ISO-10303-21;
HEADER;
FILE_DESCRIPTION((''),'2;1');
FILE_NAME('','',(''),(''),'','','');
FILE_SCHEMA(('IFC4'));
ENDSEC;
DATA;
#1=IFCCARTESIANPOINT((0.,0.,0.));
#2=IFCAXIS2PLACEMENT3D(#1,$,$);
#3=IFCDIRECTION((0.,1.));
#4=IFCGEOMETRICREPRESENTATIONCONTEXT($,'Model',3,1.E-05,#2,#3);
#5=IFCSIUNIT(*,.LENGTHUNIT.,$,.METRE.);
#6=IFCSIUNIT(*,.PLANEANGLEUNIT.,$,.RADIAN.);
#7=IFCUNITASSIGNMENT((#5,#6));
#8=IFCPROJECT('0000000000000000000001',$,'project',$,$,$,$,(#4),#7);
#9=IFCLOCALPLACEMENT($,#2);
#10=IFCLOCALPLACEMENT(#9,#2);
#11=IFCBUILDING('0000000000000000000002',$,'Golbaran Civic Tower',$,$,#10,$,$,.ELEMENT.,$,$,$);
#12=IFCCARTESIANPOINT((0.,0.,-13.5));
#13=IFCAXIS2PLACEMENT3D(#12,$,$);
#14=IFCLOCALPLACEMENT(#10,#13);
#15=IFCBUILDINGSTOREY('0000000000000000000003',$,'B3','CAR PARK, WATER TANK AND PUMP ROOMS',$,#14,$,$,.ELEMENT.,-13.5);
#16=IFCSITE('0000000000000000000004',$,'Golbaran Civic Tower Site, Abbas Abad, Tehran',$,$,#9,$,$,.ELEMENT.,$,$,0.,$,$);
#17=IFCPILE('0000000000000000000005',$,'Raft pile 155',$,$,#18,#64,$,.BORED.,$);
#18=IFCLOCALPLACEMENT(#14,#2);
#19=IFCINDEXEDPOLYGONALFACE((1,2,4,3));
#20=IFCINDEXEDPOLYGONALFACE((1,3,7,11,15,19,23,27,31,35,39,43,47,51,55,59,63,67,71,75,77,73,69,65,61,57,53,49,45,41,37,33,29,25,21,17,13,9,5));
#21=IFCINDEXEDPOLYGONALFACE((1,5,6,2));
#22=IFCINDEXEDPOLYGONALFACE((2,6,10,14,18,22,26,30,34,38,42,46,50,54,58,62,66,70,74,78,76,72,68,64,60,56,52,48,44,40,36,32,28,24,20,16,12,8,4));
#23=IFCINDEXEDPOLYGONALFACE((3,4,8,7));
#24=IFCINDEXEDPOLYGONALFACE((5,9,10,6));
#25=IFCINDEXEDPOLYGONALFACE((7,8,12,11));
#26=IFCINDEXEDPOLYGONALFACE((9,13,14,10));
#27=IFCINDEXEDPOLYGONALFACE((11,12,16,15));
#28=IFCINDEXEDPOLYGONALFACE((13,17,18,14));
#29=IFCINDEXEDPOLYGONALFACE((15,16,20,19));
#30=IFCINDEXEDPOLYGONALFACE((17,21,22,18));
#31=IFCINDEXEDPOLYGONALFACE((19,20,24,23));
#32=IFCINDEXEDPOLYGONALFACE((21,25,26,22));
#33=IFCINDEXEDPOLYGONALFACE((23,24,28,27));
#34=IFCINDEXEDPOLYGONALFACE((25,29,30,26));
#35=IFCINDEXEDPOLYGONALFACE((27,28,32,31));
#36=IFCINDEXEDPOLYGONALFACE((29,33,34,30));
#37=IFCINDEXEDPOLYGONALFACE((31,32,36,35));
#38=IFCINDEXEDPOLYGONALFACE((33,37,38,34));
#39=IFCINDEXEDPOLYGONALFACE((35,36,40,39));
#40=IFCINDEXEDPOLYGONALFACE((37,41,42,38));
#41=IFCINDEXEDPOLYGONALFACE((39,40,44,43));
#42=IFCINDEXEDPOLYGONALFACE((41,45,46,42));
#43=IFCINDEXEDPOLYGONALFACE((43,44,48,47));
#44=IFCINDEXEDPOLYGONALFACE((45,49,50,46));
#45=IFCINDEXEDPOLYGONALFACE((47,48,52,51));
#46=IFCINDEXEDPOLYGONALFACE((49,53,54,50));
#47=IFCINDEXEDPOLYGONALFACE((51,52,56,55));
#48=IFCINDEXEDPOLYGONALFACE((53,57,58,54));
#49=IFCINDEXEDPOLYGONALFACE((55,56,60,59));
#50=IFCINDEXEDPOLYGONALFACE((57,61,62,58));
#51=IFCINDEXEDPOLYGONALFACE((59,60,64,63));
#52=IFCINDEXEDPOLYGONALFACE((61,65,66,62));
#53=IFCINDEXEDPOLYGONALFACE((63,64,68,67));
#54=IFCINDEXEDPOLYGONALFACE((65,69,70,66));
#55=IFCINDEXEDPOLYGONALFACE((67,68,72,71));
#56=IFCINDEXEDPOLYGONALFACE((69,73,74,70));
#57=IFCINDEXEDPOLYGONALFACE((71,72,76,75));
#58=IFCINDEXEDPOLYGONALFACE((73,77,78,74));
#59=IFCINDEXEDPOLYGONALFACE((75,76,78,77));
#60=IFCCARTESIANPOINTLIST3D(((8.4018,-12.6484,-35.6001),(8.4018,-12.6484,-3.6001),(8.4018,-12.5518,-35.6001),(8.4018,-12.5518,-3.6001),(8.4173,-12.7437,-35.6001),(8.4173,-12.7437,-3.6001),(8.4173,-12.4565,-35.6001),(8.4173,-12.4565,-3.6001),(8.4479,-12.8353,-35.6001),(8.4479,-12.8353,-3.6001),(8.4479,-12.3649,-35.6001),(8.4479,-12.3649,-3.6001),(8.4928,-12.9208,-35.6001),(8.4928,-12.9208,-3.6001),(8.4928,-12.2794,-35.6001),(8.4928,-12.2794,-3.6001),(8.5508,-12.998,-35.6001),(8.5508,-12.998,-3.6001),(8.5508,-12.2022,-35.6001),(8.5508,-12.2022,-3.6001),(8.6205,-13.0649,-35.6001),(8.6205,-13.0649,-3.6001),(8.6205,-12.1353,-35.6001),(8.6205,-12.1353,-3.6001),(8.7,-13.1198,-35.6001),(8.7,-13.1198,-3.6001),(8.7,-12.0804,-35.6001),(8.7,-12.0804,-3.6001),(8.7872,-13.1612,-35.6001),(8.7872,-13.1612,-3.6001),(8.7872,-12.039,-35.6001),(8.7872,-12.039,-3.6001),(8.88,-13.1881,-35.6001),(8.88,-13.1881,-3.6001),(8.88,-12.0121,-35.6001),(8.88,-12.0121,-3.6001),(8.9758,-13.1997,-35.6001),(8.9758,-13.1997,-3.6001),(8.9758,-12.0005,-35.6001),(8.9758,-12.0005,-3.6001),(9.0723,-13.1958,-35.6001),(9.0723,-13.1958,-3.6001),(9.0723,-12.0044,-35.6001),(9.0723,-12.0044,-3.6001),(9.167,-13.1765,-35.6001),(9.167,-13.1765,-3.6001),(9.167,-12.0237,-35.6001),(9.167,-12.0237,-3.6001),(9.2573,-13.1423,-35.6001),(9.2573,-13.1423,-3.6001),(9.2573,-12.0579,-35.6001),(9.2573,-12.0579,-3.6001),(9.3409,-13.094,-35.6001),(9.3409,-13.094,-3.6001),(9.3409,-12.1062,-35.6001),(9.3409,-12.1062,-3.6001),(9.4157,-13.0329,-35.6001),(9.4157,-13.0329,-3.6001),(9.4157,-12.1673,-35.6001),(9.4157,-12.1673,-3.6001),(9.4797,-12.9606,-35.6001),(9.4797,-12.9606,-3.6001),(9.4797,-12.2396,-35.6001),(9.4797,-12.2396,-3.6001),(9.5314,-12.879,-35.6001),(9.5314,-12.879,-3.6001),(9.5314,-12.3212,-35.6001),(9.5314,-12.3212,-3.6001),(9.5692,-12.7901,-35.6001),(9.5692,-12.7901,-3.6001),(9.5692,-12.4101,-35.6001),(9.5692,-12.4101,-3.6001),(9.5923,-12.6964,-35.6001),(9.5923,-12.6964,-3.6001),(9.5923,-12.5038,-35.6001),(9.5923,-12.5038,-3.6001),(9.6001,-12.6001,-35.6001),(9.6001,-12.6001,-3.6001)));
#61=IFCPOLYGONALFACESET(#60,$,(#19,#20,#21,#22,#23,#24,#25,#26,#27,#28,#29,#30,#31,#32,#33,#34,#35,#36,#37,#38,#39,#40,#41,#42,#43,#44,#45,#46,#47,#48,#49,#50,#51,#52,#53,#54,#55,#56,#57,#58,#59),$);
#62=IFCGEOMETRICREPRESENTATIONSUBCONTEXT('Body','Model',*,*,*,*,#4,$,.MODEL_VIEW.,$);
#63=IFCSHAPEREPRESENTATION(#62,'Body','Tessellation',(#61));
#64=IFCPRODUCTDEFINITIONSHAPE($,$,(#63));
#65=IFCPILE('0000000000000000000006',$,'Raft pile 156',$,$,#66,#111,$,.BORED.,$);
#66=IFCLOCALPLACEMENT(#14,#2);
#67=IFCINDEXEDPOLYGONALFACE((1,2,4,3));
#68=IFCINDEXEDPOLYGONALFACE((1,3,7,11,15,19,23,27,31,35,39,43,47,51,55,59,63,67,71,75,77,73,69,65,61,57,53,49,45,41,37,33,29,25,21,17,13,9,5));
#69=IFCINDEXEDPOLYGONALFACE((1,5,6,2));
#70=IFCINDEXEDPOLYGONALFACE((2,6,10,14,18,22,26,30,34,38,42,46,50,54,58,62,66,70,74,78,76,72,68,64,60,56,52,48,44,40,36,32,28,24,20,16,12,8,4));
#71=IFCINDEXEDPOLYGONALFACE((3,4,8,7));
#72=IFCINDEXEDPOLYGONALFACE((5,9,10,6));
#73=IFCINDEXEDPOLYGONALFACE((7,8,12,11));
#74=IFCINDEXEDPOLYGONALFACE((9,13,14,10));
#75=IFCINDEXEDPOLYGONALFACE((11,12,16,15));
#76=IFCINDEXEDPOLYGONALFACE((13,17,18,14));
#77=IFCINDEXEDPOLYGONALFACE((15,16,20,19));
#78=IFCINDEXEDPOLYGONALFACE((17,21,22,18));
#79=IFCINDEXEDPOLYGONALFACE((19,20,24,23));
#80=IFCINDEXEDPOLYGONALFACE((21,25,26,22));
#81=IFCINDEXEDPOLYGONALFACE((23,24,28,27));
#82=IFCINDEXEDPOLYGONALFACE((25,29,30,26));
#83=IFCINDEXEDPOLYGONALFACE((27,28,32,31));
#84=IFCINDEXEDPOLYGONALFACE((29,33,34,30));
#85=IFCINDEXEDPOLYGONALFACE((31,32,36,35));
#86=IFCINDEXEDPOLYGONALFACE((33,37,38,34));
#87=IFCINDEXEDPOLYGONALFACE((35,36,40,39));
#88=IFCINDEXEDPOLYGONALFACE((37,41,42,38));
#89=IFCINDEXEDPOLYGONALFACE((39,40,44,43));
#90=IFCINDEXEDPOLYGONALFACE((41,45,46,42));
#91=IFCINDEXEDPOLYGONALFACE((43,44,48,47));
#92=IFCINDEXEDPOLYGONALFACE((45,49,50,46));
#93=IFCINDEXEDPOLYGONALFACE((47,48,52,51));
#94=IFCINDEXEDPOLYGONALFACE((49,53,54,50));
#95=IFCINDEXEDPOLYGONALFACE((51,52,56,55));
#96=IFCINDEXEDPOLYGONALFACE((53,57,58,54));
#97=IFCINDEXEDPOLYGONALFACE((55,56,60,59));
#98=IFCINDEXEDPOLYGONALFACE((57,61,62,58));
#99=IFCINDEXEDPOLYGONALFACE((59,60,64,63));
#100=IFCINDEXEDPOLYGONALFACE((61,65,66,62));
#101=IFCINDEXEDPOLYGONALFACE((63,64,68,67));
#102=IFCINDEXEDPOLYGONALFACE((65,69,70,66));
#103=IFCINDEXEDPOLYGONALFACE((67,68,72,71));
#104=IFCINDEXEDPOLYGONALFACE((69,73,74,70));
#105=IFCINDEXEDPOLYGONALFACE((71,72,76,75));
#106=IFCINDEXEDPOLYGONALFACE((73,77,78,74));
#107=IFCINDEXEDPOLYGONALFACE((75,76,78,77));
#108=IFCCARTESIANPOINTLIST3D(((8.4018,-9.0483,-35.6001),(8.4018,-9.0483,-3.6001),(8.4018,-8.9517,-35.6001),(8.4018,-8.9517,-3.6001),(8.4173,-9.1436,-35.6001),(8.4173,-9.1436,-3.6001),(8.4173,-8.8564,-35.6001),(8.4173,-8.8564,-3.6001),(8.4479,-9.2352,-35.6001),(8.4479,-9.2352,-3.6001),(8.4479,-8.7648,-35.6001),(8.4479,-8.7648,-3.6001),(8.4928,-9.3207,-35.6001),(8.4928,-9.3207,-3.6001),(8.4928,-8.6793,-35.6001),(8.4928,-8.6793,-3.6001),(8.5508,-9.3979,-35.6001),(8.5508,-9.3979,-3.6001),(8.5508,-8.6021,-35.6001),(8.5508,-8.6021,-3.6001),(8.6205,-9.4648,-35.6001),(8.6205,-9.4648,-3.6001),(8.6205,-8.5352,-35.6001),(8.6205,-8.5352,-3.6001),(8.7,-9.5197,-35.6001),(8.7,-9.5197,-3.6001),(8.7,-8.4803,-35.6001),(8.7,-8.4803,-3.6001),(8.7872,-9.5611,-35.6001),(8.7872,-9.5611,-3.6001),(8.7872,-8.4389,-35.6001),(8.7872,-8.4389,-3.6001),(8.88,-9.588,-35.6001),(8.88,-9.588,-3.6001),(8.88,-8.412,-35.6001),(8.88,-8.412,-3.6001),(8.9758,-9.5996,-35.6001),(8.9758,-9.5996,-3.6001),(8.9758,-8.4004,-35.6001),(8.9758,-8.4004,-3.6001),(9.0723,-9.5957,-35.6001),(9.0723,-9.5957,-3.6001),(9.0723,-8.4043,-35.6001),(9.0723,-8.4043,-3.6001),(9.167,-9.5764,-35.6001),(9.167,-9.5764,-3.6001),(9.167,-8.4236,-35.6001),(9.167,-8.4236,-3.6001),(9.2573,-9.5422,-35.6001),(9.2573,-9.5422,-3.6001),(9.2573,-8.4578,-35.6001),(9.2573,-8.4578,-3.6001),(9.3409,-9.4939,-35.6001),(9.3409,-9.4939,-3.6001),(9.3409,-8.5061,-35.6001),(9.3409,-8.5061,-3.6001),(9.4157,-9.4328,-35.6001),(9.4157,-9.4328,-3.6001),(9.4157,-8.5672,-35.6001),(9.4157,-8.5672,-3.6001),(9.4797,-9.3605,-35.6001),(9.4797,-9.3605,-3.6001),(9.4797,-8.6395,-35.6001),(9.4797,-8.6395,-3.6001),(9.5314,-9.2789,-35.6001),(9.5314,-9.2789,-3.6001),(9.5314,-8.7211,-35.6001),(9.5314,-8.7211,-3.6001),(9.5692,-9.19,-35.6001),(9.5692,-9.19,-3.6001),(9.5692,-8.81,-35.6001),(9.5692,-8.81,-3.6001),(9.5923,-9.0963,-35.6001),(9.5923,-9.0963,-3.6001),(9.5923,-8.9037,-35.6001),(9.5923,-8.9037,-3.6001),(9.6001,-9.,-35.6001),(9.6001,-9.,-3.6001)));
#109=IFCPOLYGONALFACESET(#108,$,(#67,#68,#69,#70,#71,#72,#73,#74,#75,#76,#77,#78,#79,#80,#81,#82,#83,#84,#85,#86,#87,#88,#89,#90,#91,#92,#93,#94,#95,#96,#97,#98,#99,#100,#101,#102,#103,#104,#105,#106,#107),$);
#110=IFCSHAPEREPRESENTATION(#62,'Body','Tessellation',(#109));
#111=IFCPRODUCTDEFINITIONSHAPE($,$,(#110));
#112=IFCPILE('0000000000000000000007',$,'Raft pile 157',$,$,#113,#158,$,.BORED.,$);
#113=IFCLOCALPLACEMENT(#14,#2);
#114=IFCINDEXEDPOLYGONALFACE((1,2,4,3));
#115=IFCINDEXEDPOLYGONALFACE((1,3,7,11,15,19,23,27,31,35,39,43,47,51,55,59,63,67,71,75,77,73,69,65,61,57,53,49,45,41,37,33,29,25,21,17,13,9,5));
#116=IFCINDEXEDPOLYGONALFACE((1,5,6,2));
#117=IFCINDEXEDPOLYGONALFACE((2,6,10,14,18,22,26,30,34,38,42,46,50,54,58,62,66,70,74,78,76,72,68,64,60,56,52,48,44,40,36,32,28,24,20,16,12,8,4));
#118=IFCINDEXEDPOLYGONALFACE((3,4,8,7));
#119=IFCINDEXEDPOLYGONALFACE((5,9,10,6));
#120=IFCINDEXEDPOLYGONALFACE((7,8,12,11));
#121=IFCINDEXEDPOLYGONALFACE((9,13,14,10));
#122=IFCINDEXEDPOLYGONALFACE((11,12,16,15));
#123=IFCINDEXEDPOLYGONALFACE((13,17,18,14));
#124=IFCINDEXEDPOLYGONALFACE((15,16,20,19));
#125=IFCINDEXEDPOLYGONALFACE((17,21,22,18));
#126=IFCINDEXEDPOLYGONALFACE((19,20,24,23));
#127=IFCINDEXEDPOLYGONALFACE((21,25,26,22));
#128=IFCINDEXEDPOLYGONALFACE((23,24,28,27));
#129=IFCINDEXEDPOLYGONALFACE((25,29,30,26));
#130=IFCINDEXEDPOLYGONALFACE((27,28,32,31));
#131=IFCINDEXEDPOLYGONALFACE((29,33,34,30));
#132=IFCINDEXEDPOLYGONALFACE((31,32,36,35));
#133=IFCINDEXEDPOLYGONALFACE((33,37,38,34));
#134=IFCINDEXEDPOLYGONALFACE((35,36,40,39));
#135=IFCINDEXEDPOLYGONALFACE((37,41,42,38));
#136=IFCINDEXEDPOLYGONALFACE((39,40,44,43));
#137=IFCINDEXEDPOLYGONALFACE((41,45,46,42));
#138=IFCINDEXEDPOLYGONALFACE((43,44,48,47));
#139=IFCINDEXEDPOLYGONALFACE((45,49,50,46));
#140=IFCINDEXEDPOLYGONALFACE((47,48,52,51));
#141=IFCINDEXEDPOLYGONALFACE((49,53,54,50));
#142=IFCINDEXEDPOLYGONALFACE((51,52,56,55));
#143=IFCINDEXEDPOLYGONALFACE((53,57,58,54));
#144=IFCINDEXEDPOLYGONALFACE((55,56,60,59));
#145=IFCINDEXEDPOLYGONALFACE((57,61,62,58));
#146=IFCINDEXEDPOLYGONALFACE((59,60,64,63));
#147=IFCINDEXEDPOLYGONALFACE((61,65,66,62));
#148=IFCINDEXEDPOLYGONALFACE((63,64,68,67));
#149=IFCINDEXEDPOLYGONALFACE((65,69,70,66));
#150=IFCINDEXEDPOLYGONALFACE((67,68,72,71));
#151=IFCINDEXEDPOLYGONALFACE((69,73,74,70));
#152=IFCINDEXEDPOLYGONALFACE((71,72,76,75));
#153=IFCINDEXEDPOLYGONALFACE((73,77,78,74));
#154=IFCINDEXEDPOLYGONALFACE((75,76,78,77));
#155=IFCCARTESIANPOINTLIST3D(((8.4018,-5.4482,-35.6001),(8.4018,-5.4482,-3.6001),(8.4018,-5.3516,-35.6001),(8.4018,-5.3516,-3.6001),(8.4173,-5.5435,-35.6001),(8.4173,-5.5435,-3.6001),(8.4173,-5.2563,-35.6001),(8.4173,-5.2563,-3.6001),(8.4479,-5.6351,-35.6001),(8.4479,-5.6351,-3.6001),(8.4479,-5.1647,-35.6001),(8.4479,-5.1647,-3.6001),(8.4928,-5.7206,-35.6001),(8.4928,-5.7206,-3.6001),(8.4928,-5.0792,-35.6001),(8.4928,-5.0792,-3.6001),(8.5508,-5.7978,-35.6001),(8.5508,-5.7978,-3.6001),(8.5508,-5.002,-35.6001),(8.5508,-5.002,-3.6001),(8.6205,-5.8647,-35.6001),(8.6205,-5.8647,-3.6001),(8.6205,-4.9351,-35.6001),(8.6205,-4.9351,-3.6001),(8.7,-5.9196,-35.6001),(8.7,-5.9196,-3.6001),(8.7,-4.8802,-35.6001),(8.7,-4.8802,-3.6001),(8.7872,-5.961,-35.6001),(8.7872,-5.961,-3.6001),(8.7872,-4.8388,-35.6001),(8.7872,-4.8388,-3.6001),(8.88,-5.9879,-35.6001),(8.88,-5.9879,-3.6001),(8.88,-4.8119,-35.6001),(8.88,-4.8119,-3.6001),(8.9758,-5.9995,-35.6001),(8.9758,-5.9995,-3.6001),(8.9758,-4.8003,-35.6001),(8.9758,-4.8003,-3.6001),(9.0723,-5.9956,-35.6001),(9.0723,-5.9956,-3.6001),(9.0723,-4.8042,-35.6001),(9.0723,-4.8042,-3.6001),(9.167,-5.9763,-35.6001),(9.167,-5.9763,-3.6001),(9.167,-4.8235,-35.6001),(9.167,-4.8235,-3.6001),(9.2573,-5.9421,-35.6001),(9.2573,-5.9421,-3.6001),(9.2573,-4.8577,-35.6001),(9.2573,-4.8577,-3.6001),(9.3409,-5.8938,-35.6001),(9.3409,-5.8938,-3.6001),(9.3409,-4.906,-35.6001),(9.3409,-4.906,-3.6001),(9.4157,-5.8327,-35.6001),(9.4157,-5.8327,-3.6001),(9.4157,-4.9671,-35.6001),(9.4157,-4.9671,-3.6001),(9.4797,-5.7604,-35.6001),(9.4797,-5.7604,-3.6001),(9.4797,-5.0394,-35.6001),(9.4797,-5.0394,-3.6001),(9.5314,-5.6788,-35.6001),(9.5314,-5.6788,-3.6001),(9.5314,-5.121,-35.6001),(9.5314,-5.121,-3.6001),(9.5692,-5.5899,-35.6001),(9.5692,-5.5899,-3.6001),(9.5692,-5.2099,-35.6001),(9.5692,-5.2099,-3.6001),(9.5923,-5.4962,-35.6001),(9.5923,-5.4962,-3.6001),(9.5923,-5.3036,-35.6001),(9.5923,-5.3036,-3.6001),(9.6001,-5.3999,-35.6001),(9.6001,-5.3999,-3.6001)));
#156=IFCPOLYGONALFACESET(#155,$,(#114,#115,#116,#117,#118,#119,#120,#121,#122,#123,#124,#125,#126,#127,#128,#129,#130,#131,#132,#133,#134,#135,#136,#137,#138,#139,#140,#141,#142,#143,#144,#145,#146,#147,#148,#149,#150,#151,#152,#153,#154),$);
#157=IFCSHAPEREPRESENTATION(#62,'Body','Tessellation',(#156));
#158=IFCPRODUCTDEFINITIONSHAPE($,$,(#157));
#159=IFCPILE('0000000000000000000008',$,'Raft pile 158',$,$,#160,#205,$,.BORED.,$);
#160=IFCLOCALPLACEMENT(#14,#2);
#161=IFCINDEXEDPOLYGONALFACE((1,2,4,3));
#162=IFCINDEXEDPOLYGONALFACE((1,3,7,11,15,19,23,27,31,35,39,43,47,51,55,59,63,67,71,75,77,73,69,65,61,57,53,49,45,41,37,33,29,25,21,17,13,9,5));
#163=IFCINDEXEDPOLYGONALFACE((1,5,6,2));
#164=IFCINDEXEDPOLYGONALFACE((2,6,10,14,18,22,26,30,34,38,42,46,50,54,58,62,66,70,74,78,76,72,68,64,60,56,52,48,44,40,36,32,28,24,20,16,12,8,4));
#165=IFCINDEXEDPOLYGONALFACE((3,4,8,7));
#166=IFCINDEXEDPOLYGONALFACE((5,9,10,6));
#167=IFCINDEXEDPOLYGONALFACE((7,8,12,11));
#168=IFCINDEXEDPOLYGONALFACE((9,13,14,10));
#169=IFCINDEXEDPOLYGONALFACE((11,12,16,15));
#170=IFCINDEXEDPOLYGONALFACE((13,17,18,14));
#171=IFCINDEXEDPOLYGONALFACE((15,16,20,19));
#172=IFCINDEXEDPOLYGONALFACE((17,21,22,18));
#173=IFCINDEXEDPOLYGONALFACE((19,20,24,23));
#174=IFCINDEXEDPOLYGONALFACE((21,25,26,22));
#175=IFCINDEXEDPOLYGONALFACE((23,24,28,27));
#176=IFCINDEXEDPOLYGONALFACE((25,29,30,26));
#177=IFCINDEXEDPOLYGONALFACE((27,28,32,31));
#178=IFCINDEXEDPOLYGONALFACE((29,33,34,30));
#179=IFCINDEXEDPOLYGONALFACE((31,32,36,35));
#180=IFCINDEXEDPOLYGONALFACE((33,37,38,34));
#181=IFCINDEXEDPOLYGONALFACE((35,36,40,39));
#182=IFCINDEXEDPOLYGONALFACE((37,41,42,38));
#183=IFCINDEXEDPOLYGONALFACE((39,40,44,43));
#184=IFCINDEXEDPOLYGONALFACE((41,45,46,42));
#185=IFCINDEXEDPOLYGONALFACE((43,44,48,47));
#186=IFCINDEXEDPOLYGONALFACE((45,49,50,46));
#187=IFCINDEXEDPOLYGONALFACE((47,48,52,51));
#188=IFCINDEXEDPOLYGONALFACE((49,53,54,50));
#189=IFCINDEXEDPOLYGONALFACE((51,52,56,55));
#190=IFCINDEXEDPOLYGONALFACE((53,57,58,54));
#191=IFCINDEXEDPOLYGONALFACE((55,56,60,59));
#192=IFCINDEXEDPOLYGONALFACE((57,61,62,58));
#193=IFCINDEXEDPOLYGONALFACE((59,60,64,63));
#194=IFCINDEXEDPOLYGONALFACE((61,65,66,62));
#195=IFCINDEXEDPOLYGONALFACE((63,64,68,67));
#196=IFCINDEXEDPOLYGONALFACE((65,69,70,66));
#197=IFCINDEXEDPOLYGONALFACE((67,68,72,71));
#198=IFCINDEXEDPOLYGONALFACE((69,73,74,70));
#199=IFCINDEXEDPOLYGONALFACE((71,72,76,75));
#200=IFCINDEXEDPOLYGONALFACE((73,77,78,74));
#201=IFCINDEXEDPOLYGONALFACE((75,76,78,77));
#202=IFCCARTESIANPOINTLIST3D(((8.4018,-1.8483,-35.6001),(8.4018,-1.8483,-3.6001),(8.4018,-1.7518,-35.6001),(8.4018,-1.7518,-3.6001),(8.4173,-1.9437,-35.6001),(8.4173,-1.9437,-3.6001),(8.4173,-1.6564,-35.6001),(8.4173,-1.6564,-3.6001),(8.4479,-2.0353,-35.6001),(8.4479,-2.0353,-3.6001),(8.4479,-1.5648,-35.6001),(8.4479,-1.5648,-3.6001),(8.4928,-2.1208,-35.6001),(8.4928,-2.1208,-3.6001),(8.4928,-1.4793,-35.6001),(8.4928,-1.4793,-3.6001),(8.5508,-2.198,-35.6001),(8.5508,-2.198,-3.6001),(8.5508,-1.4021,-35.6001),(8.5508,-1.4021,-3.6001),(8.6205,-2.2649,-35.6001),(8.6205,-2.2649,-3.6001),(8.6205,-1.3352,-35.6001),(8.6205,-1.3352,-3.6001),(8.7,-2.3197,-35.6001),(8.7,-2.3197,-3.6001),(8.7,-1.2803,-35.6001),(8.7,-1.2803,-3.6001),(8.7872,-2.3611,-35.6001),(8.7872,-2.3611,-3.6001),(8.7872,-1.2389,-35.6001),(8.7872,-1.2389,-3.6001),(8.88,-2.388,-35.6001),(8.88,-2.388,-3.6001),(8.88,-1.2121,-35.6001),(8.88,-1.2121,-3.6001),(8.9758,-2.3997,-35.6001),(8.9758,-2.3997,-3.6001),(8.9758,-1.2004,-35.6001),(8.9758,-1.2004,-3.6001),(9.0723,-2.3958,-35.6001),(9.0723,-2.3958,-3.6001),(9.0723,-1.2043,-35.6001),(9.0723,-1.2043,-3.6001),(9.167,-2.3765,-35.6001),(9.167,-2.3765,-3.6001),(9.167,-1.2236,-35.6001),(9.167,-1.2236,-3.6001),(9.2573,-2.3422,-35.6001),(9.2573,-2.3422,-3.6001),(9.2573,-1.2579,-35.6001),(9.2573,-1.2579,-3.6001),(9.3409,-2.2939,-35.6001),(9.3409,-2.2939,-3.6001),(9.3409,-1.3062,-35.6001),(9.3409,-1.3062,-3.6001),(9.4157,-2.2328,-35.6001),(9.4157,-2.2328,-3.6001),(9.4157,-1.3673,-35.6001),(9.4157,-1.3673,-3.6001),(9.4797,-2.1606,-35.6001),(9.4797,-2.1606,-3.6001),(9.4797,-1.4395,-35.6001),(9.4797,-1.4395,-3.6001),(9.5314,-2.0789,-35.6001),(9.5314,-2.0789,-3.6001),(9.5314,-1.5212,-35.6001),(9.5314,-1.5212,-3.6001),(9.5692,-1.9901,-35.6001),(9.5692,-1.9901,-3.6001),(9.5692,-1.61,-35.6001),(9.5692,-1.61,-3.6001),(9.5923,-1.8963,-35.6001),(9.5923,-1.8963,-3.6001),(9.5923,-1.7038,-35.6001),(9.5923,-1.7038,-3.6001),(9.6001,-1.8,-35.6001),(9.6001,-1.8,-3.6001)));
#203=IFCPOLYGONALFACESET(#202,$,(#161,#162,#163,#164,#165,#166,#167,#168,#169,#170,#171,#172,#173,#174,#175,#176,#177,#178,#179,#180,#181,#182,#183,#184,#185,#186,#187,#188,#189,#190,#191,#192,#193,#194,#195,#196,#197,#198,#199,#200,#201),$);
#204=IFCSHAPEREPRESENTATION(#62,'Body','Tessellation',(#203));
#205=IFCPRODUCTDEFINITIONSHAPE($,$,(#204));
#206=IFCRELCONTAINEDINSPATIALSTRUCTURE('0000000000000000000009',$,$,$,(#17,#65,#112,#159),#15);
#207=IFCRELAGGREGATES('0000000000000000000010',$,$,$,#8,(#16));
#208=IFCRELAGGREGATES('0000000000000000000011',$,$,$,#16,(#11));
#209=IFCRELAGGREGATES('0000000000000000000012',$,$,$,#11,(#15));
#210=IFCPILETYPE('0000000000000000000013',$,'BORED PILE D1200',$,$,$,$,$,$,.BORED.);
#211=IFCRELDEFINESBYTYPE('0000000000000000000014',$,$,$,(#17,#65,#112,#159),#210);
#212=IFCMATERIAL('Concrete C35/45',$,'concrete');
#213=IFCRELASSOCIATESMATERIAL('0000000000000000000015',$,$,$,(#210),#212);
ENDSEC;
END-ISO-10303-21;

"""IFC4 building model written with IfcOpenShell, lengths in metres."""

from ifc_helpers import new_model, si_unit, direction, frame, origin, origin_2d, place, context, subcontext, project, spatial, circle, extrude, material, material_profile, profile_set, type_object, element, save


model = new_model("IFC4")

# Units and contexts
model_context = context("Model", 3, precision=1e-05, world=origin(), true_north=direction((0.0, 1.0)))
body_context = subcontext(model_context, "Body", "Model", "MODEL_VIEW")
ifc_project = project(units=[si_unit("LENGTHUNIT", "METRE"), si_unit("PLANEANGLEUNIT", "RADIAN")], contexts=[model_context])

# Site, building, storey
site_placement = place(None, origin())
site = spatial("IfcSite", under=ifc_project, at=site_placement, Name="Golbaran Civic Tower Site, Abbas Abad, Tehran", CompositionType="ELEMENT", RefElevation=0.0)
building_placement = place(site_placement, origin())
building = spatial("IfcBuilding", under=site, at=building_placement, Name="Golbaran Civic Tower", CompositionType="ELEMENT")
storey_placement = place(building_placement, frame((0.0, 0.0, -13.5)))
storey = spatial("IfcBuildingStorey", under=building, at=storey_placement, Name="B3", Description="CAR PARK, WATER TANK AND PUMP ROOMS", CompositionType="ELEMENT", Elevation=-13.5)

# Piles
ifc_material_1 = material(Name="Concrete C35/45", Category="concrete")
ifc_material_profile_1 = material_profile(ifc_material_1, circle(Radius=0.6001, at=origin_2d()), Name="BORED PILE D1200")
ifc_profile_set_1 = profile_set([ifc_material_profile_1], Name="Concrete C35/45")
pile_type = type_object("IfcPileType", Name="BORED PILE D1200", PredefinedType="BORED", material=ifc_profile_set_1)
for number, where, z_axis, x_axis, name in (
    (1, (9.0, -12.6001, -3.6001), (0.0, 0.0, -1.0), (1.0, 0.0, 0.0), "Raft pile 155"),
    (2, (9.0, -9.0, -3.6001), (0.0, 0.0, -1.0), (1.0, 0.0, 0.0), "Raft pile 156"),
    (3, (9.0, -5.3999, -3.6001), (0.0, 0.0, -1.0), (1.0, 0.0, 0.0), "Raft pile 157"),
    (4, (9.0, -1.8, -3.6001), (0.0, 0.0, -1.0), (1.0, 0.0, 0.0), "Raft pile 158"),
):
    element("IfcPile", number, at=place(storey_placement, frame(where, z_axis=z_axis, x_axis=x_axis)), inside=storey, type_object=pile_type, Name=name, PredefinedType="BORED", context=body_context, shape_type="SweptSolid", body=[
        extrude(circle(Radius=0.6001, at=origin_2d()), origin(), (0.0, 0.0, 1.0), 32.0),
    ])

save(model, "model.ifc")
